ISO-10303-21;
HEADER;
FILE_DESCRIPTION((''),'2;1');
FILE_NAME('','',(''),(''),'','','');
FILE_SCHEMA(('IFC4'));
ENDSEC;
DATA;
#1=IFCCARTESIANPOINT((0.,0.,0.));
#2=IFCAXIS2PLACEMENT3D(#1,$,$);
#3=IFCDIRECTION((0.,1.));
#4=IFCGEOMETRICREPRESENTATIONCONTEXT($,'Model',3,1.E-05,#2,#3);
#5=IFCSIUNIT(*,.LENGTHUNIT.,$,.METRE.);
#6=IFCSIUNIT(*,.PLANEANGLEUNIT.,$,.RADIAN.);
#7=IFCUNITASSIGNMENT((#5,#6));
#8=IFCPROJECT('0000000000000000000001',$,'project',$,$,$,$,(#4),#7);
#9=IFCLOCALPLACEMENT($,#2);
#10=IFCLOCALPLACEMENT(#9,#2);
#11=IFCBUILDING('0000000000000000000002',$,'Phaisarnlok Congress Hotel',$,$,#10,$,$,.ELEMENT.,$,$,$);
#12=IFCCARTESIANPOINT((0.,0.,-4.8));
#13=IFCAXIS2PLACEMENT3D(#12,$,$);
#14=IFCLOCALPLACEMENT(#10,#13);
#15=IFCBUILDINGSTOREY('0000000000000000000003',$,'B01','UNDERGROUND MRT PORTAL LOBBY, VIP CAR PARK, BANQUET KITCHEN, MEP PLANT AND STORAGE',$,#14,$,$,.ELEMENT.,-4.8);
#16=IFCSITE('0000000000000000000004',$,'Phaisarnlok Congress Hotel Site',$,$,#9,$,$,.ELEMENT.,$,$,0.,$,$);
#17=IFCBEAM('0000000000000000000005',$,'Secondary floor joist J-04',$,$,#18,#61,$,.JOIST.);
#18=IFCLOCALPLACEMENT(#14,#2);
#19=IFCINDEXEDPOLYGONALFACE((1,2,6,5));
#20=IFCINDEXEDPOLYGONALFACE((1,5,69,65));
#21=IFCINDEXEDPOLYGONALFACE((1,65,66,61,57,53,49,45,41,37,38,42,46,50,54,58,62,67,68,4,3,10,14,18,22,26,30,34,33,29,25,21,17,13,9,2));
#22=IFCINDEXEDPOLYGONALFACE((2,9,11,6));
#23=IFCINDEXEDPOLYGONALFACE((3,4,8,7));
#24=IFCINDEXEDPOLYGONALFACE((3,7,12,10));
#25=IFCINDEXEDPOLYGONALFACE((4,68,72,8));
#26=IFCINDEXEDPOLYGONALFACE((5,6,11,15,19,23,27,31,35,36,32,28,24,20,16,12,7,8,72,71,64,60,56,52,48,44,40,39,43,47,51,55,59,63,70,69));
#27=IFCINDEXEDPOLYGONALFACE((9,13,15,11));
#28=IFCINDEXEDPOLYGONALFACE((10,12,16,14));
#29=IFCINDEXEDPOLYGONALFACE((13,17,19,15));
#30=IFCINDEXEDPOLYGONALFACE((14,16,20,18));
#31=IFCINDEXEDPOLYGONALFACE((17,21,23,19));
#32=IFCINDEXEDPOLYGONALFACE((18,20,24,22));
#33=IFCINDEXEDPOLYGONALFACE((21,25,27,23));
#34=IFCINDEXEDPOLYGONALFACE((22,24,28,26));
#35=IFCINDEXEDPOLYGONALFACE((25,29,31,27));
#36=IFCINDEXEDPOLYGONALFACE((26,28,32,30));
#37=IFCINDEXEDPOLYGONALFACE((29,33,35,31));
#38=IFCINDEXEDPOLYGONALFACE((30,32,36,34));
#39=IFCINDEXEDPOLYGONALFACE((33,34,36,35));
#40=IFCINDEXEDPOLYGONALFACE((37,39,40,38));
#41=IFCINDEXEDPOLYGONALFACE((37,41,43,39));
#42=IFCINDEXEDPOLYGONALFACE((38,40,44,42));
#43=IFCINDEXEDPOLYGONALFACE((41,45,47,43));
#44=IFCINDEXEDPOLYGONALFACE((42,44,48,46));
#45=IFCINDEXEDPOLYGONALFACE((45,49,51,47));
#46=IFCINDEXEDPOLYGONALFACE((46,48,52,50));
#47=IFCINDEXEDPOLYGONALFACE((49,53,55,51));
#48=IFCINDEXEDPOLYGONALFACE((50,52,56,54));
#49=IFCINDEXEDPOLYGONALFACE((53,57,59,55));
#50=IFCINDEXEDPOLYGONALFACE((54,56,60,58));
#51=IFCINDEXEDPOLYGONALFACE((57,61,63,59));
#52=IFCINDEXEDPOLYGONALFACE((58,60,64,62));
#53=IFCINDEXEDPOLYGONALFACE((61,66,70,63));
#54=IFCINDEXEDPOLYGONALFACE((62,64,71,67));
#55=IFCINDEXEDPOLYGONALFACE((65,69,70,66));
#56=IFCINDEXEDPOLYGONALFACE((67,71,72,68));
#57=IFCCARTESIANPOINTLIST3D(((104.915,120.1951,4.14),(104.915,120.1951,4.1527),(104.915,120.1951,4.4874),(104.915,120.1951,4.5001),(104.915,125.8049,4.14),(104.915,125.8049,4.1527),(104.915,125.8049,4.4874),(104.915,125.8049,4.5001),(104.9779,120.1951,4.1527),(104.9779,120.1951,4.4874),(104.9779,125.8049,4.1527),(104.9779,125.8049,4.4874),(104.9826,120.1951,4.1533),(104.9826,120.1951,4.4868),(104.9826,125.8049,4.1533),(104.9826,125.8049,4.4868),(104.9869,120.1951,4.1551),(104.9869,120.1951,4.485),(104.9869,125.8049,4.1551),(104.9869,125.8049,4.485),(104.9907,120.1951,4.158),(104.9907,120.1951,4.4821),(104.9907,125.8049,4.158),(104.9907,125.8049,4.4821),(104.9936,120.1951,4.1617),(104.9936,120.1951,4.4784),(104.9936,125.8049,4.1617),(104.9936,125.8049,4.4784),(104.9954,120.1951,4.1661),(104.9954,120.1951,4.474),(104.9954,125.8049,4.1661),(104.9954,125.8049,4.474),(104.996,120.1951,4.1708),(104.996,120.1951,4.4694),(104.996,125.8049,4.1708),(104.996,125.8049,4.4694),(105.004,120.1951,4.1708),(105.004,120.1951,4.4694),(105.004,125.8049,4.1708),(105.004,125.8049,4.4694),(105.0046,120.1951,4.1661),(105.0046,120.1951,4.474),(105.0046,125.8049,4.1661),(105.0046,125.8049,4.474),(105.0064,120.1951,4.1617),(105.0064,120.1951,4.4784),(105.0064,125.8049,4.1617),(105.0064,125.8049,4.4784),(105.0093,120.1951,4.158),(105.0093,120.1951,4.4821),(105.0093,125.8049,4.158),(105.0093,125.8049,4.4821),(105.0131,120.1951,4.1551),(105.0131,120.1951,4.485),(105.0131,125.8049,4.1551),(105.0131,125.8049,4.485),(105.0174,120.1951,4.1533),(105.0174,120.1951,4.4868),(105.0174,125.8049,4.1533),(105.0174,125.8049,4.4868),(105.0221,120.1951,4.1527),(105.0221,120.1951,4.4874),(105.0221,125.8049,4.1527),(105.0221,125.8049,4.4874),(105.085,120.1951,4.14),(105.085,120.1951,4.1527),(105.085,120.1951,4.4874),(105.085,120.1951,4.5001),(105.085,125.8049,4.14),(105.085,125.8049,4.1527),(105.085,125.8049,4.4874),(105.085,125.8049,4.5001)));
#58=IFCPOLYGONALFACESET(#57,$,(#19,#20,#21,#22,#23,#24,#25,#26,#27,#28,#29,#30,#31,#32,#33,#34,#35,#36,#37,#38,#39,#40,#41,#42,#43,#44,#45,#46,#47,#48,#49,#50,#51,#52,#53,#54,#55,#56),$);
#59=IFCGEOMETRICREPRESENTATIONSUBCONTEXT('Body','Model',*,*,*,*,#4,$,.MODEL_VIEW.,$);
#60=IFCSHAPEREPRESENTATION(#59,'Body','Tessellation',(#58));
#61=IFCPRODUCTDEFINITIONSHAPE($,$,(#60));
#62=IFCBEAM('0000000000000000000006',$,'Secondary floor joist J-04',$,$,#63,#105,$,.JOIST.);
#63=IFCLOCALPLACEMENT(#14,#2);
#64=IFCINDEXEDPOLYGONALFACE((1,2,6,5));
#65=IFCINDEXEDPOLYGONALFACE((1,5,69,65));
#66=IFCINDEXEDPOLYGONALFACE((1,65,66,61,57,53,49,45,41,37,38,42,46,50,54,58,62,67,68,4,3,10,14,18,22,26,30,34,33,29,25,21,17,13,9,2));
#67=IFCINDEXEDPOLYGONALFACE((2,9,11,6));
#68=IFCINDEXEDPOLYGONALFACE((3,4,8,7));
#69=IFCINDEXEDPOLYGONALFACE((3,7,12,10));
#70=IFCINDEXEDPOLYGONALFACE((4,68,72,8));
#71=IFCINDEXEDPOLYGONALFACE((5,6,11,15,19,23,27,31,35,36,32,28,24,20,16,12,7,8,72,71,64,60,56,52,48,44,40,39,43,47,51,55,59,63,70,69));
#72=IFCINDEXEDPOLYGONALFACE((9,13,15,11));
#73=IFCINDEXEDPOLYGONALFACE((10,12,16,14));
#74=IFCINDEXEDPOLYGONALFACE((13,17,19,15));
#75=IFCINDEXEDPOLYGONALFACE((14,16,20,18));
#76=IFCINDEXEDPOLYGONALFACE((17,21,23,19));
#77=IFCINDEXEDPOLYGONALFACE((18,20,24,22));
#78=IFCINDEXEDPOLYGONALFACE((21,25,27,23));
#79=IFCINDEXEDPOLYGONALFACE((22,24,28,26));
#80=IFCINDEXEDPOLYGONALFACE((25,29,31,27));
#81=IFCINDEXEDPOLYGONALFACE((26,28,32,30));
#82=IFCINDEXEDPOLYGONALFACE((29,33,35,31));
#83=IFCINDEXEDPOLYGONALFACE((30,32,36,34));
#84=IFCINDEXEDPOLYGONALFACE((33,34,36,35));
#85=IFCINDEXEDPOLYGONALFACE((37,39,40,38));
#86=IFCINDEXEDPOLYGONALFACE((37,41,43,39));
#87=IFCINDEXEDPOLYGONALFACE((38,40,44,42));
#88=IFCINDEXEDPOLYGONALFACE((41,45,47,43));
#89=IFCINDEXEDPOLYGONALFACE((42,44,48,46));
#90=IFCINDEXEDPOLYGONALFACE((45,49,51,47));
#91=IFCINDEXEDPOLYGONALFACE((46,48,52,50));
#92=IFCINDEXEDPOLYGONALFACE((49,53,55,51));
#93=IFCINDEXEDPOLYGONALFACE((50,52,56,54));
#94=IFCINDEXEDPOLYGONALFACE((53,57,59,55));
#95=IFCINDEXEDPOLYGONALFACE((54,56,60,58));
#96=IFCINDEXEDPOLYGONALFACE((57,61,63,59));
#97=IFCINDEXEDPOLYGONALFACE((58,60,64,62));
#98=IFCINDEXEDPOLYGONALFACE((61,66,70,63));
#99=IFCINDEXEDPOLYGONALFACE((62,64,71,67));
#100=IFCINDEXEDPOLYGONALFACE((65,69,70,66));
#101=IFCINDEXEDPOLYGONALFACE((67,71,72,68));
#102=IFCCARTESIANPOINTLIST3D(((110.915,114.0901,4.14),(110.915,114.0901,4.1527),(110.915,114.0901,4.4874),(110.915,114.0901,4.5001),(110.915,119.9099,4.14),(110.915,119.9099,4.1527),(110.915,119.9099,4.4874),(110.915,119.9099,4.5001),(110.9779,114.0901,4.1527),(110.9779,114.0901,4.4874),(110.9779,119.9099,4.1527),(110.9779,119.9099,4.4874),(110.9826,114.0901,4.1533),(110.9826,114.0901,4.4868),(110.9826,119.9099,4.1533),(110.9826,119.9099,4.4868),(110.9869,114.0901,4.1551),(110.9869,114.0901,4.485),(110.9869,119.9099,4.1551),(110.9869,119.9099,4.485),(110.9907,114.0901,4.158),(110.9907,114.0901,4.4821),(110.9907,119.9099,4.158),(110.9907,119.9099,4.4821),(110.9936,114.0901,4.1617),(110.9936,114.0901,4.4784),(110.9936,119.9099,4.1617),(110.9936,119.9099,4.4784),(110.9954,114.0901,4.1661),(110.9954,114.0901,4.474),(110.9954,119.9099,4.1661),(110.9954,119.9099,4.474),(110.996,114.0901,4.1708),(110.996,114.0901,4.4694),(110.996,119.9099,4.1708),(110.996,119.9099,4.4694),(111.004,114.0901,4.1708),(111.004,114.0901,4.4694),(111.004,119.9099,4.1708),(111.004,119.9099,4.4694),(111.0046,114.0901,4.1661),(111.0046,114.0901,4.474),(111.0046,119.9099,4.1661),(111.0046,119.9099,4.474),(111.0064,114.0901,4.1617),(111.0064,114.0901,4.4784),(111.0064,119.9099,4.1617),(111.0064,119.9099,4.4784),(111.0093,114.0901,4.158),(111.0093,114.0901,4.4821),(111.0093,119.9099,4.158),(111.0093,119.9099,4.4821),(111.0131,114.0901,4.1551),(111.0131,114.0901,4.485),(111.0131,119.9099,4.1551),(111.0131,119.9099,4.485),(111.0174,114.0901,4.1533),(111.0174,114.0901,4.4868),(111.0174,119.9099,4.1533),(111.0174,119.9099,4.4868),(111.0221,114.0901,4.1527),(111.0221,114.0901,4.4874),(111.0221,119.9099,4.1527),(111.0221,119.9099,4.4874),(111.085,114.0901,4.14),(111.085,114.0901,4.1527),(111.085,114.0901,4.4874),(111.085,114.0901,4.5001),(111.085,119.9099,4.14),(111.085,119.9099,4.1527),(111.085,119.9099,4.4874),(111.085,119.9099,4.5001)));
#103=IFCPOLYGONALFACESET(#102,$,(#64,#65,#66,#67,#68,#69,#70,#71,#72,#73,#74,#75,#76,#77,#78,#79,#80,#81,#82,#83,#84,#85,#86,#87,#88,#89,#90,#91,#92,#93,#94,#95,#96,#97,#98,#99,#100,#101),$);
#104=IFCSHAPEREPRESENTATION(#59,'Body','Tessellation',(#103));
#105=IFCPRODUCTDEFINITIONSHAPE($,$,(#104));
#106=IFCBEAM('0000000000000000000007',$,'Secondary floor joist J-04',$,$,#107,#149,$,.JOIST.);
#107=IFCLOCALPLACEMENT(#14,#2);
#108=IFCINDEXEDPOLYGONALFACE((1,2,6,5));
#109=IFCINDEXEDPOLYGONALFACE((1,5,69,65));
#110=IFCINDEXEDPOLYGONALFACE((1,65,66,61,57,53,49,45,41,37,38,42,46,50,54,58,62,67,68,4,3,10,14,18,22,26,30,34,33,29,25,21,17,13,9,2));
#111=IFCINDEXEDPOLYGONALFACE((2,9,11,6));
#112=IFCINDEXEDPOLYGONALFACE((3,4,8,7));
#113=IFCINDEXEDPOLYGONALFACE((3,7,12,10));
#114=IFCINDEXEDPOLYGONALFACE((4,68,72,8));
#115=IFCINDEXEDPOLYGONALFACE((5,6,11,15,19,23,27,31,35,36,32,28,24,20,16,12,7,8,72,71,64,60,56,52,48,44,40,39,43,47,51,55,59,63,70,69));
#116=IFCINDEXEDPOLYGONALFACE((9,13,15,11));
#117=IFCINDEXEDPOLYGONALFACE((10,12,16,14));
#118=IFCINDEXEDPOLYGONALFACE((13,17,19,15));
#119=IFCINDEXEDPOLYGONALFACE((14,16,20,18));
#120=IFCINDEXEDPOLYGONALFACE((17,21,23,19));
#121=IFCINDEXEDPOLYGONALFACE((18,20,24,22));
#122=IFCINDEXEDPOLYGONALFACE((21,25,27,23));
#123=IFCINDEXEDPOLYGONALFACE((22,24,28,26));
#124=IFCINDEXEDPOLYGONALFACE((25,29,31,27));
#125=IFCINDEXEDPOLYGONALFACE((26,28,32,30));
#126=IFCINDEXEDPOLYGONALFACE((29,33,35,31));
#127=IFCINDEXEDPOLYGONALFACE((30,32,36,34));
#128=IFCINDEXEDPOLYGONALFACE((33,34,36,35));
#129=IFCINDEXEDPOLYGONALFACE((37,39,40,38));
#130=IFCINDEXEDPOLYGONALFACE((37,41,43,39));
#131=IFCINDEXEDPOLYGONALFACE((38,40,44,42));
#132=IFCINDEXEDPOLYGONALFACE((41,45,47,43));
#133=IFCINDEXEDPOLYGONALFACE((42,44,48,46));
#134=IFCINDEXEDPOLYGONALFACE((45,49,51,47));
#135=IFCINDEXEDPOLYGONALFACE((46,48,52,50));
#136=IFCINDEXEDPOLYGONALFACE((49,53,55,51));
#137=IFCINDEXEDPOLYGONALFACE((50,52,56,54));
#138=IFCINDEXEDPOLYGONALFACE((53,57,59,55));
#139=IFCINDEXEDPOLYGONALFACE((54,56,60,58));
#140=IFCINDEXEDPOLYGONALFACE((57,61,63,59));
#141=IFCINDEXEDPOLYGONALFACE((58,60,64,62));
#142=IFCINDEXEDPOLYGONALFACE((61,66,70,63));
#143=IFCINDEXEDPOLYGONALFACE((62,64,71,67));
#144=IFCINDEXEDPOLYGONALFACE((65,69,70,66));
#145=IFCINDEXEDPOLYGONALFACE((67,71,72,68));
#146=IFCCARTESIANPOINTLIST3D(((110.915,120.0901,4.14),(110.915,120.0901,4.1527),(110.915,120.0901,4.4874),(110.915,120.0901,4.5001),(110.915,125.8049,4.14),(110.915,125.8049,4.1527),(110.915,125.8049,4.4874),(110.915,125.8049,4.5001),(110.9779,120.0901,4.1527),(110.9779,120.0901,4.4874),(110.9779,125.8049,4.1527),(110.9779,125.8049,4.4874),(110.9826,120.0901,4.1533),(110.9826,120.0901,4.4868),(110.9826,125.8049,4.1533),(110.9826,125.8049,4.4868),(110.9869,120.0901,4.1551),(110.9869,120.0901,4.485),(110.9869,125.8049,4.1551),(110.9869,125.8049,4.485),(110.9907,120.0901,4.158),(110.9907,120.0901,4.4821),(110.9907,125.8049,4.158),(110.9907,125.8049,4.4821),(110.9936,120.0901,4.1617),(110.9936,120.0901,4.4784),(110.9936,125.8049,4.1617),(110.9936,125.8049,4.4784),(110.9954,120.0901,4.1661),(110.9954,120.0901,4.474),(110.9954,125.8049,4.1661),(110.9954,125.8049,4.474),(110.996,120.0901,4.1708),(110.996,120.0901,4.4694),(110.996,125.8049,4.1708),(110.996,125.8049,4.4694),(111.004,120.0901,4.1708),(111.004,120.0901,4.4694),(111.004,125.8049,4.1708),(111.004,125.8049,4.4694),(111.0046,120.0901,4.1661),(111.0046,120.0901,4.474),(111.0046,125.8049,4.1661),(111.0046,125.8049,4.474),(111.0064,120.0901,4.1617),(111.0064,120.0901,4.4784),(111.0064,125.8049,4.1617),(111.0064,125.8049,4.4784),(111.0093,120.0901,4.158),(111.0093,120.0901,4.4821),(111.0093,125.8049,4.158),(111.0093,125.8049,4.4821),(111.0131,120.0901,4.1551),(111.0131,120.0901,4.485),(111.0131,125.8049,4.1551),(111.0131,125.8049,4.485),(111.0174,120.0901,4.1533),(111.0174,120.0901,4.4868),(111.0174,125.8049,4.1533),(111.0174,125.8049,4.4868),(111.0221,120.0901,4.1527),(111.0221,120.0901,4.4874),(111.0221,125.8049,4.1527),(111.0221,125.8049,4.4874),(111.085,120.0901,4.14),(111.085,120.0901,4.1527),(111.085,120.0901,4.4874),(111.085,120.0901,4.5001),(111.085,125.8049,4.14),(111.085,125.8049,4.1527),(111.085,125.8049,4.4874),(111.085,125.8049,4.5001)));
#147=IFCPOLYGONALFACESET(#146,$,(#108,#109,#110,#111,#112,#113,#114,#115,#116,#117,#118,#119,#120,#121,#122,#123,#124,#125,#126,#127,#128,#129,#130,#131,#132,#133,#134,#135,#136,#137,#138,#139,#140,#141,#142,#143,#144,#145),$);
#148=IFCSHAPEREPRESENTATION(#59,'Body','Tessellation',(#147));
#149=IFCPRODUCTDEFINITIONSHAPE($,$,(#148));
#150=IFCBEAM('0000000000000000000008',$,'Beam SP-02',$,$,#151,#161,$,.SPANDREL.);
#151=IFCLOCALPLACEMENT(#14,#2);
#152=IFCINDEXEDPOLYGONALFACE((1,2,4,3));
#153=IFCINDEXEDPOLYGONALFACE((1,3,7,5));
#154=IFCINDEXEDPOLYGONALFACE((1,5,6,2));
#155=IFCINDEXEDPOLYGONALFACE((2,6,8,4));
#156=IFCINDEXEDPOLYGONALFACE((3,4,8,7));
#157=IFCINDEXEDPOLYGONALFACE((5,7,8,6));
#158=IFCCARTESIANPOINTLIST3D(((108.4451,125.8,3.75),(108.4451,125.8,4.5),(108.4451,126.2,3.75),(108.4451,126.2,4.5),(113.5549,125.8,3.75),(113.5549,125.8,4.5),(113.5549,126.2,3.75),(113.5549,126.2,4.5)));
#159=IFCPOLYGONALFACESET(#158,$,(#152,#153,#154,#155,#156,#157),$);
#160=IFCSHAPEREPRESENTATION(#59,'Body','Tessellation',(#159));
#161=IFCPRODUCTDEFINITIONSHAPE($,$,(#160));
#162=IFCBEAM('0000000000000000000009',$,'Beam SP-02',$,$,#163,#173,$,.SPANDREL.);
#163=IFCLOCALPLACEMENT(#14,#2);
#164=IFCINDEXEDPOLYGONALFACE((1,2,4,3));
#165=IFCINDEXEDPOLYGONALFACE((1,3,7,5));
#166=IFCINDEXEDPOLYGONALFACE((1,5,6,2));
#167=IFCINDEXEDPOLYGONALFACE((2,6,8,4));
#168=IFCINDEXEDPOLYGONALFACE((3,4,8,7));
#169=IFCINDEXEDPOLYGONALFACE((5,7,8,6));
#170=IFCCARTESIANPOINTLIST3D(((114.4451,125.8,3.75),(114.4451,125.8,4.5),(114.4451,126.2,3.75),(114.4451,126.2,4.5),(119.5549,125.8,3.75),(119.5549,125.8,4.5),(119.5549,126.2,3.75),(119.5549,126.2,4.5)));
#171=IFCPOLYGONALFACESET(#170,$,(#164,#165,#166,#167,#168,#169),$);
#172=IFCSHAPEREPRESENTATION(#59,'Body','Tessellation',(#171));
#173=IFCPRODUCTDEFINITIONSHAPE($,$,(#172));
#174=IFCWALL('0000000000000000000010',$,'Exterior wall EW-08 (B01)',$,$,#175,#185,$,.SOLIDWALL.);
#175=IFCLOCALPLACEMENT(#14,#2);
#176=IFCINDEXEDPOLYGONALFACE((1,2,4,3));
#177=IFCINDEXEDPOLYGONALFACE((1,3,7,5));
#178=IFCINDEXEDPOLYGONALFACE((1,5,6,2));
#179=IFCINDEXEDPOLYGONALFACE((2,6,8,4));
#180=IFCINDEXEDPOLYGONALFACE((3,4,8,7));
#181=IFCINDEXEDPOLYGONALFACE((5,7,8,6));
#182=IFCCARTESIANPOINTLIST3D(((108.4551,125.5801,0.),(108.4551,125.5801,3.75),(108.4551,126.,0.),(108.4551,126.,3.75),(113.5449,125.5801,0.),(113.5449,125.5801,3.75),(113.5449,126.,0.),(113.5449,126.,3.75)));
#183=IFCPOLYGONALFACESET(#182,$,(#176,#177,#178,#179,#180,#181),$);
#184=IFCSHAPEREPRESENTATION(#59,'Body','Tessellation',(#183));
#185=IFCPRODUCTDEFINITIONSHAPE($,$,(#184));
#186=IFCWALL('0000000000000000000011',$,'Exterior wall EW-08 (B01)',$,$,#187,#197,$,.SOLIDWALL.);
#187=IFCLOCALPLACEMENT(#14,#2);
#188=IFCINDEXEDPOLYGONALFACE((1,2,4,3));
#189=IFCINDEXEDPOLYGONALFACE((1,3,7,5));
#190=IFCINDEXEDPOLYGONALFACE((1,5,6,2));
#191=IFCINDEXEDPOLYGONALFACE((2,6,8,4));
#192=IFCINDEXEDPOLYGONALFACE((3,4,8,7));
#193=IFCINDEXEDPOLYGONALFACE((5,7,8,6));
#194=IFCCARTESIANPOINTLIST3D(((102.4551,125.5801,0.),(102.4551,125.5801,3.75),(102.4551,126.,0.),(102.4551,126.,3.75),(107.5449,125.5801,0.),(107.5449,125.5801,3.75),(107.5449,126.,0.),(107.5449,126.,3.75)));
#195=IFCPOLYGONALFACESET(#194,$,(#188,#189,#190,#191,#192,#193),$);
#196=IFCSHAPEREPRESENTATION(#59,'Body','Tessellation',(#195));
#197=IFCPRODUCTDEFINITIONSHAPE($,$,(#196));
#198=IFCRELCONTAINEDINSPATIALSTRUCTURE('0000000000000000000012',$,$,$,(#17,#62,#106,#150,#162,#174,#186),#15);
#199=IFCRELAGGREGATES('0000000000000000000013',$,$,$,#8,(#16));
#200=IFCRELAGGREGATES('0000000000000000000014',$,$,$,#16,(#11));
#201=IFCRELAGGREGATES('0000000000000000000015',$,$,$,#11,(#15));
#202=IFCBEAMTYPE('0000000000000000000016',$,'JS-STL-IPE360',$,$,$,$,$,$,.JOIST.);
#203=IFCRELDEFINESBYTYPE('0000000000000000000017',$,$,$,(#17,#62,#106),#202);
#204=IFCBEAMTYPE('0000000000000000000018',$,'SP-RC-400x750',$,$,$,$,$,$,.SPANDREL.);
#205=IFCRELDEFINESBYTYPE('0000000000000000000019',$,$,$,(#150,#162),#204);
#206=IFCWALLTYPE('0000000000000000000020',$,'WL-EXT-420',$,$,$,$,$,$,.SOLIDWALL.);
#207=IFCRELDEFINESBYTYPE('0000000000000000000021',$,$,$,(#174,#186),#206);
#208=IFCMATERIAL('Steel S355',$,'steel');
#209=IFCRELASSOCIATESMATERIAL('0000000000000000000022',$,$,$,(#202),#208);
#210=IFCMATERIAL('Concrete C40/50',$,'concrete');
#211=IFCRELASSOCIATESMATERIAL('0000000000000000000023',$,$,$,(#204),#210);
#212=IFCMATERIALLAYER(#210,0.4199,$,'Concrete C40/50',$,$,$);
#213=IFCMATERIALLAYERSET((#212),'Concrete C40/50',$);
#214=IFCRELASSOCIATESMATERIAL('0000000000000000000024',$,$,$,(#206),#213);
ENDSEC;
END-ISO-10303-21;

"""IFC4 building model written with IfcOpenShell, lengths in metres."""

from ifc_helpers import new_model, si_unit, direction, frame, frame_2d, origin, origin_2d, place, context, subcontext, project, spatial, rectangle, i_section, extrude, material, layer, layer_set, material_profile, profile_set, type_object, element, save


model = new_model("IFC4")

# Units and contexts
model_context = context("Model", 3, precision=1e-05, world=origin(), true_north=direction((0.0, 1.0)))
body_context = subcontext(model_context, "Body", "Model", "MODEL_VIEW")
ifc_project = project(units=[si_unit("LENGTHUNIT", "METRE"), si_unit("PLANEANGLEUNIT", "RADIAN")], contexts=[model_context])

# Site, building, storey
site_placement = place(None, origin())
site = spatial("IfcSite", under=ifc_project, at=site_placement, Name="Phaisarnlok Congress Hotel Site", CompositionType="ELEMENT", RefElevation=0.0)
building_placement = place(site_placement, origin())
building = spatial("IfcBuilding", under=site, at=building_placement, Name="Phaisarnlok Congress Hotel", CompositionType="ELEMENT")
storey_placement = place(building_placement, frame((0.0, 0.0, -4.8)))
storey = spatial("IfcBuildingStorey", under=building, at=storey_placement, Name="B01", Description="UNDERGROUND MRT PORTAL LOBBY, VIP CAR PARK, BANQUET KITCHEN, MEP PLANT AND STORAGE", CompositionType="ELEMENT", Elevation=-4.8)

# Shared definitions
ifc_material_1 = material(Name="Concrete C40/50", Category="concrete")

# Beams
ifc_material_2 = material(Name="Steel S355", Category="steel")
ifc_material_profile_1 = material_profile(ifc_material_2, i_section(OverallWidth=0.1699, OverallDepth=0.3601, WebThickness=0.0081, FlangeThickness=0.0127, FilletRadius=0.0181, at=origin_2d()), Name="IPE 360")
ifc_profile_set_1 = profile_set([ifc_material_profile_1], Name="Steel S355")
beam_type_1 = type_object("IfcBeamType", Name="JS-STL-IPE360", PredefinedType="JOIST", material=ifc_profile_set_1)
for number, where, z_axis, x_axis, name in (
    (1, (105.0, 120.1951, 4.3201), (0.0, 1.0, 0.0), (-1.0, 0.0, 0.0), "Secondary floor joist J-04"),
):
    element("IfcBeam", number, at=place(storey_placement, frame(where, z_axis=z_axis, x_axis=x_axis)), inside=storey, type_object=beam_type_1, Name=name, PredefinedType="JOIST", context=body_context, shape_type="SweptSolid", body=[
        extrude(i_section(OverallWidth=0.1699, OverallDepth=0.3601, WebThickness=0.0081, FlangeThickness=0.0127, FilletRadius=0.0181, at=origin_2d()), origin(), (0.0, 0.0, 1.0), 5.6099),
    ])
beam_1_placement = place(storey_placement, frame((111.0, 114.0901, 4.3201), z_axis=(0.0, 1.0, 0.0), x_axis=(-1.0, 0.0, 0.0)))
element("IfcBeam", 2, at=beam_1_placement, inside=storey, type_object=beam_type_1, Name="Secondary floor joist J-04", PredefinedType="JOIST", context=body_context, shape_type="SweptSolid", body=[
    extrude(i_section(OverallWidth=0.1699, OverallDepth=0.3601, WebThickness=0.0081, FlangeThickness=0.0127, FilletRadius=0.0181, at=origin_2d()), origin(), (0.0, 0.0, 1.0), 5.8198),
])
beam_2_placement = place(storey_placement, frame((111.0, 120.0901, 4.3201), z_axis=(0.0, 1.0, 0.0), x_axis=(-1.0, 0.0, 0.0)))
element("IfcBeam", 3, at=beam_2_placement, inside=storey, type_object=beam_type_1, Name="Secondary floor joist J-04", PredefinedType="JOIST", context=body_context, shape_type="SweptSolid", body=[
    extrude(i_section(OverallWidth=0.1699, OverallDepth=0.3601, WebThickness=0.0081, FlangeThickness=0.0127, FilletRadius=0.0181, at=origin_2d()), origin(), (0.0, 0.0, 1.0), 5.7148),
])
ifc_material_profile_2 = material_profile(ifc_material_1, rectangle(XDim=0.3999, YDim=0.75, at=origin_2d()), Name="RC 400x750")
ifc_profile_set_2 = profile_set([ifc_material_profile_2], Name="Concrete C40/50")
beam_type_2 = type_object("IfcBeamType", Name="SP-RC-400x750", PredefinedType="SPANDREL", material=ifc_profile_set_2)
for number, where, z_axis, x_axis, name in (
    (4, (108.4451, 126.0, 4.125), (1.0, 0.0, 0.0), (0.0, 1.0, 0.0), "Beam SP-02"),
    (5, (114.4451, 126.0, 4.125), (1.0, 0.0, 0.0), (0.0, 1.0, 0.0), "Beam SP-02"),
):
    element("IfcBeam", number, at=place(storey_placement, frame(where, z_axis=z_axis, x_axis=x_axis)), inside=storey, type_object=beam_type_2, Name=name, PredefinedType="SPANDREL", context=body_context, shape_type="SweptSolid", body=[
        extrude(rectangle(XDim=0.3999, YDim=0.75, at=origin_2d()), origin(), (0.0, 0.0, 1.0), 5.1099),
    ])

# Walls
ifc_layer = layer(ifc_material_1, 0.4199, Name="Concrete C40/50")
ifc_layer_set = layer_set([ifc_layer], Name="Concrete C40/50")
wall_type = type_object("IfcWallType", Name="WL-EXT-420", PredefinedType="SOLIDWALL", material=ifc_layer_set)
for number, where, z_axis, x_axis, name in (
    (6, (113.5449, 125.79, 0.0), (0.0, 0.0, 1.0), (-1.0, 0.0, 0.0), "Exterior wall EW-08 (B01)"),
    (7, (107.5449, 125.79, 0.0), (0.0, 0.0, 1.0), (-1.0, 0.0, 0.0), "Exterior wall EW-08 (B01)"),
):
    element("IfcWall", number, at=place(storey_placement, frame(where, z_axis=z_axis, x_axis=x_axis)), inside=storey, type_object=wall_type, Name=name, PredefinedType="SOLIDWALL", context=body_context, shape_type="SweptSolid", body=[
        extrude(rectangle(XDim=5.0898, YDim=0.4199, at=frame_2d((2.5449, 0.0))), origin(), (0.0, 0.0, 1.0), 3.75),
    ])

save(model, "model.ifc")
